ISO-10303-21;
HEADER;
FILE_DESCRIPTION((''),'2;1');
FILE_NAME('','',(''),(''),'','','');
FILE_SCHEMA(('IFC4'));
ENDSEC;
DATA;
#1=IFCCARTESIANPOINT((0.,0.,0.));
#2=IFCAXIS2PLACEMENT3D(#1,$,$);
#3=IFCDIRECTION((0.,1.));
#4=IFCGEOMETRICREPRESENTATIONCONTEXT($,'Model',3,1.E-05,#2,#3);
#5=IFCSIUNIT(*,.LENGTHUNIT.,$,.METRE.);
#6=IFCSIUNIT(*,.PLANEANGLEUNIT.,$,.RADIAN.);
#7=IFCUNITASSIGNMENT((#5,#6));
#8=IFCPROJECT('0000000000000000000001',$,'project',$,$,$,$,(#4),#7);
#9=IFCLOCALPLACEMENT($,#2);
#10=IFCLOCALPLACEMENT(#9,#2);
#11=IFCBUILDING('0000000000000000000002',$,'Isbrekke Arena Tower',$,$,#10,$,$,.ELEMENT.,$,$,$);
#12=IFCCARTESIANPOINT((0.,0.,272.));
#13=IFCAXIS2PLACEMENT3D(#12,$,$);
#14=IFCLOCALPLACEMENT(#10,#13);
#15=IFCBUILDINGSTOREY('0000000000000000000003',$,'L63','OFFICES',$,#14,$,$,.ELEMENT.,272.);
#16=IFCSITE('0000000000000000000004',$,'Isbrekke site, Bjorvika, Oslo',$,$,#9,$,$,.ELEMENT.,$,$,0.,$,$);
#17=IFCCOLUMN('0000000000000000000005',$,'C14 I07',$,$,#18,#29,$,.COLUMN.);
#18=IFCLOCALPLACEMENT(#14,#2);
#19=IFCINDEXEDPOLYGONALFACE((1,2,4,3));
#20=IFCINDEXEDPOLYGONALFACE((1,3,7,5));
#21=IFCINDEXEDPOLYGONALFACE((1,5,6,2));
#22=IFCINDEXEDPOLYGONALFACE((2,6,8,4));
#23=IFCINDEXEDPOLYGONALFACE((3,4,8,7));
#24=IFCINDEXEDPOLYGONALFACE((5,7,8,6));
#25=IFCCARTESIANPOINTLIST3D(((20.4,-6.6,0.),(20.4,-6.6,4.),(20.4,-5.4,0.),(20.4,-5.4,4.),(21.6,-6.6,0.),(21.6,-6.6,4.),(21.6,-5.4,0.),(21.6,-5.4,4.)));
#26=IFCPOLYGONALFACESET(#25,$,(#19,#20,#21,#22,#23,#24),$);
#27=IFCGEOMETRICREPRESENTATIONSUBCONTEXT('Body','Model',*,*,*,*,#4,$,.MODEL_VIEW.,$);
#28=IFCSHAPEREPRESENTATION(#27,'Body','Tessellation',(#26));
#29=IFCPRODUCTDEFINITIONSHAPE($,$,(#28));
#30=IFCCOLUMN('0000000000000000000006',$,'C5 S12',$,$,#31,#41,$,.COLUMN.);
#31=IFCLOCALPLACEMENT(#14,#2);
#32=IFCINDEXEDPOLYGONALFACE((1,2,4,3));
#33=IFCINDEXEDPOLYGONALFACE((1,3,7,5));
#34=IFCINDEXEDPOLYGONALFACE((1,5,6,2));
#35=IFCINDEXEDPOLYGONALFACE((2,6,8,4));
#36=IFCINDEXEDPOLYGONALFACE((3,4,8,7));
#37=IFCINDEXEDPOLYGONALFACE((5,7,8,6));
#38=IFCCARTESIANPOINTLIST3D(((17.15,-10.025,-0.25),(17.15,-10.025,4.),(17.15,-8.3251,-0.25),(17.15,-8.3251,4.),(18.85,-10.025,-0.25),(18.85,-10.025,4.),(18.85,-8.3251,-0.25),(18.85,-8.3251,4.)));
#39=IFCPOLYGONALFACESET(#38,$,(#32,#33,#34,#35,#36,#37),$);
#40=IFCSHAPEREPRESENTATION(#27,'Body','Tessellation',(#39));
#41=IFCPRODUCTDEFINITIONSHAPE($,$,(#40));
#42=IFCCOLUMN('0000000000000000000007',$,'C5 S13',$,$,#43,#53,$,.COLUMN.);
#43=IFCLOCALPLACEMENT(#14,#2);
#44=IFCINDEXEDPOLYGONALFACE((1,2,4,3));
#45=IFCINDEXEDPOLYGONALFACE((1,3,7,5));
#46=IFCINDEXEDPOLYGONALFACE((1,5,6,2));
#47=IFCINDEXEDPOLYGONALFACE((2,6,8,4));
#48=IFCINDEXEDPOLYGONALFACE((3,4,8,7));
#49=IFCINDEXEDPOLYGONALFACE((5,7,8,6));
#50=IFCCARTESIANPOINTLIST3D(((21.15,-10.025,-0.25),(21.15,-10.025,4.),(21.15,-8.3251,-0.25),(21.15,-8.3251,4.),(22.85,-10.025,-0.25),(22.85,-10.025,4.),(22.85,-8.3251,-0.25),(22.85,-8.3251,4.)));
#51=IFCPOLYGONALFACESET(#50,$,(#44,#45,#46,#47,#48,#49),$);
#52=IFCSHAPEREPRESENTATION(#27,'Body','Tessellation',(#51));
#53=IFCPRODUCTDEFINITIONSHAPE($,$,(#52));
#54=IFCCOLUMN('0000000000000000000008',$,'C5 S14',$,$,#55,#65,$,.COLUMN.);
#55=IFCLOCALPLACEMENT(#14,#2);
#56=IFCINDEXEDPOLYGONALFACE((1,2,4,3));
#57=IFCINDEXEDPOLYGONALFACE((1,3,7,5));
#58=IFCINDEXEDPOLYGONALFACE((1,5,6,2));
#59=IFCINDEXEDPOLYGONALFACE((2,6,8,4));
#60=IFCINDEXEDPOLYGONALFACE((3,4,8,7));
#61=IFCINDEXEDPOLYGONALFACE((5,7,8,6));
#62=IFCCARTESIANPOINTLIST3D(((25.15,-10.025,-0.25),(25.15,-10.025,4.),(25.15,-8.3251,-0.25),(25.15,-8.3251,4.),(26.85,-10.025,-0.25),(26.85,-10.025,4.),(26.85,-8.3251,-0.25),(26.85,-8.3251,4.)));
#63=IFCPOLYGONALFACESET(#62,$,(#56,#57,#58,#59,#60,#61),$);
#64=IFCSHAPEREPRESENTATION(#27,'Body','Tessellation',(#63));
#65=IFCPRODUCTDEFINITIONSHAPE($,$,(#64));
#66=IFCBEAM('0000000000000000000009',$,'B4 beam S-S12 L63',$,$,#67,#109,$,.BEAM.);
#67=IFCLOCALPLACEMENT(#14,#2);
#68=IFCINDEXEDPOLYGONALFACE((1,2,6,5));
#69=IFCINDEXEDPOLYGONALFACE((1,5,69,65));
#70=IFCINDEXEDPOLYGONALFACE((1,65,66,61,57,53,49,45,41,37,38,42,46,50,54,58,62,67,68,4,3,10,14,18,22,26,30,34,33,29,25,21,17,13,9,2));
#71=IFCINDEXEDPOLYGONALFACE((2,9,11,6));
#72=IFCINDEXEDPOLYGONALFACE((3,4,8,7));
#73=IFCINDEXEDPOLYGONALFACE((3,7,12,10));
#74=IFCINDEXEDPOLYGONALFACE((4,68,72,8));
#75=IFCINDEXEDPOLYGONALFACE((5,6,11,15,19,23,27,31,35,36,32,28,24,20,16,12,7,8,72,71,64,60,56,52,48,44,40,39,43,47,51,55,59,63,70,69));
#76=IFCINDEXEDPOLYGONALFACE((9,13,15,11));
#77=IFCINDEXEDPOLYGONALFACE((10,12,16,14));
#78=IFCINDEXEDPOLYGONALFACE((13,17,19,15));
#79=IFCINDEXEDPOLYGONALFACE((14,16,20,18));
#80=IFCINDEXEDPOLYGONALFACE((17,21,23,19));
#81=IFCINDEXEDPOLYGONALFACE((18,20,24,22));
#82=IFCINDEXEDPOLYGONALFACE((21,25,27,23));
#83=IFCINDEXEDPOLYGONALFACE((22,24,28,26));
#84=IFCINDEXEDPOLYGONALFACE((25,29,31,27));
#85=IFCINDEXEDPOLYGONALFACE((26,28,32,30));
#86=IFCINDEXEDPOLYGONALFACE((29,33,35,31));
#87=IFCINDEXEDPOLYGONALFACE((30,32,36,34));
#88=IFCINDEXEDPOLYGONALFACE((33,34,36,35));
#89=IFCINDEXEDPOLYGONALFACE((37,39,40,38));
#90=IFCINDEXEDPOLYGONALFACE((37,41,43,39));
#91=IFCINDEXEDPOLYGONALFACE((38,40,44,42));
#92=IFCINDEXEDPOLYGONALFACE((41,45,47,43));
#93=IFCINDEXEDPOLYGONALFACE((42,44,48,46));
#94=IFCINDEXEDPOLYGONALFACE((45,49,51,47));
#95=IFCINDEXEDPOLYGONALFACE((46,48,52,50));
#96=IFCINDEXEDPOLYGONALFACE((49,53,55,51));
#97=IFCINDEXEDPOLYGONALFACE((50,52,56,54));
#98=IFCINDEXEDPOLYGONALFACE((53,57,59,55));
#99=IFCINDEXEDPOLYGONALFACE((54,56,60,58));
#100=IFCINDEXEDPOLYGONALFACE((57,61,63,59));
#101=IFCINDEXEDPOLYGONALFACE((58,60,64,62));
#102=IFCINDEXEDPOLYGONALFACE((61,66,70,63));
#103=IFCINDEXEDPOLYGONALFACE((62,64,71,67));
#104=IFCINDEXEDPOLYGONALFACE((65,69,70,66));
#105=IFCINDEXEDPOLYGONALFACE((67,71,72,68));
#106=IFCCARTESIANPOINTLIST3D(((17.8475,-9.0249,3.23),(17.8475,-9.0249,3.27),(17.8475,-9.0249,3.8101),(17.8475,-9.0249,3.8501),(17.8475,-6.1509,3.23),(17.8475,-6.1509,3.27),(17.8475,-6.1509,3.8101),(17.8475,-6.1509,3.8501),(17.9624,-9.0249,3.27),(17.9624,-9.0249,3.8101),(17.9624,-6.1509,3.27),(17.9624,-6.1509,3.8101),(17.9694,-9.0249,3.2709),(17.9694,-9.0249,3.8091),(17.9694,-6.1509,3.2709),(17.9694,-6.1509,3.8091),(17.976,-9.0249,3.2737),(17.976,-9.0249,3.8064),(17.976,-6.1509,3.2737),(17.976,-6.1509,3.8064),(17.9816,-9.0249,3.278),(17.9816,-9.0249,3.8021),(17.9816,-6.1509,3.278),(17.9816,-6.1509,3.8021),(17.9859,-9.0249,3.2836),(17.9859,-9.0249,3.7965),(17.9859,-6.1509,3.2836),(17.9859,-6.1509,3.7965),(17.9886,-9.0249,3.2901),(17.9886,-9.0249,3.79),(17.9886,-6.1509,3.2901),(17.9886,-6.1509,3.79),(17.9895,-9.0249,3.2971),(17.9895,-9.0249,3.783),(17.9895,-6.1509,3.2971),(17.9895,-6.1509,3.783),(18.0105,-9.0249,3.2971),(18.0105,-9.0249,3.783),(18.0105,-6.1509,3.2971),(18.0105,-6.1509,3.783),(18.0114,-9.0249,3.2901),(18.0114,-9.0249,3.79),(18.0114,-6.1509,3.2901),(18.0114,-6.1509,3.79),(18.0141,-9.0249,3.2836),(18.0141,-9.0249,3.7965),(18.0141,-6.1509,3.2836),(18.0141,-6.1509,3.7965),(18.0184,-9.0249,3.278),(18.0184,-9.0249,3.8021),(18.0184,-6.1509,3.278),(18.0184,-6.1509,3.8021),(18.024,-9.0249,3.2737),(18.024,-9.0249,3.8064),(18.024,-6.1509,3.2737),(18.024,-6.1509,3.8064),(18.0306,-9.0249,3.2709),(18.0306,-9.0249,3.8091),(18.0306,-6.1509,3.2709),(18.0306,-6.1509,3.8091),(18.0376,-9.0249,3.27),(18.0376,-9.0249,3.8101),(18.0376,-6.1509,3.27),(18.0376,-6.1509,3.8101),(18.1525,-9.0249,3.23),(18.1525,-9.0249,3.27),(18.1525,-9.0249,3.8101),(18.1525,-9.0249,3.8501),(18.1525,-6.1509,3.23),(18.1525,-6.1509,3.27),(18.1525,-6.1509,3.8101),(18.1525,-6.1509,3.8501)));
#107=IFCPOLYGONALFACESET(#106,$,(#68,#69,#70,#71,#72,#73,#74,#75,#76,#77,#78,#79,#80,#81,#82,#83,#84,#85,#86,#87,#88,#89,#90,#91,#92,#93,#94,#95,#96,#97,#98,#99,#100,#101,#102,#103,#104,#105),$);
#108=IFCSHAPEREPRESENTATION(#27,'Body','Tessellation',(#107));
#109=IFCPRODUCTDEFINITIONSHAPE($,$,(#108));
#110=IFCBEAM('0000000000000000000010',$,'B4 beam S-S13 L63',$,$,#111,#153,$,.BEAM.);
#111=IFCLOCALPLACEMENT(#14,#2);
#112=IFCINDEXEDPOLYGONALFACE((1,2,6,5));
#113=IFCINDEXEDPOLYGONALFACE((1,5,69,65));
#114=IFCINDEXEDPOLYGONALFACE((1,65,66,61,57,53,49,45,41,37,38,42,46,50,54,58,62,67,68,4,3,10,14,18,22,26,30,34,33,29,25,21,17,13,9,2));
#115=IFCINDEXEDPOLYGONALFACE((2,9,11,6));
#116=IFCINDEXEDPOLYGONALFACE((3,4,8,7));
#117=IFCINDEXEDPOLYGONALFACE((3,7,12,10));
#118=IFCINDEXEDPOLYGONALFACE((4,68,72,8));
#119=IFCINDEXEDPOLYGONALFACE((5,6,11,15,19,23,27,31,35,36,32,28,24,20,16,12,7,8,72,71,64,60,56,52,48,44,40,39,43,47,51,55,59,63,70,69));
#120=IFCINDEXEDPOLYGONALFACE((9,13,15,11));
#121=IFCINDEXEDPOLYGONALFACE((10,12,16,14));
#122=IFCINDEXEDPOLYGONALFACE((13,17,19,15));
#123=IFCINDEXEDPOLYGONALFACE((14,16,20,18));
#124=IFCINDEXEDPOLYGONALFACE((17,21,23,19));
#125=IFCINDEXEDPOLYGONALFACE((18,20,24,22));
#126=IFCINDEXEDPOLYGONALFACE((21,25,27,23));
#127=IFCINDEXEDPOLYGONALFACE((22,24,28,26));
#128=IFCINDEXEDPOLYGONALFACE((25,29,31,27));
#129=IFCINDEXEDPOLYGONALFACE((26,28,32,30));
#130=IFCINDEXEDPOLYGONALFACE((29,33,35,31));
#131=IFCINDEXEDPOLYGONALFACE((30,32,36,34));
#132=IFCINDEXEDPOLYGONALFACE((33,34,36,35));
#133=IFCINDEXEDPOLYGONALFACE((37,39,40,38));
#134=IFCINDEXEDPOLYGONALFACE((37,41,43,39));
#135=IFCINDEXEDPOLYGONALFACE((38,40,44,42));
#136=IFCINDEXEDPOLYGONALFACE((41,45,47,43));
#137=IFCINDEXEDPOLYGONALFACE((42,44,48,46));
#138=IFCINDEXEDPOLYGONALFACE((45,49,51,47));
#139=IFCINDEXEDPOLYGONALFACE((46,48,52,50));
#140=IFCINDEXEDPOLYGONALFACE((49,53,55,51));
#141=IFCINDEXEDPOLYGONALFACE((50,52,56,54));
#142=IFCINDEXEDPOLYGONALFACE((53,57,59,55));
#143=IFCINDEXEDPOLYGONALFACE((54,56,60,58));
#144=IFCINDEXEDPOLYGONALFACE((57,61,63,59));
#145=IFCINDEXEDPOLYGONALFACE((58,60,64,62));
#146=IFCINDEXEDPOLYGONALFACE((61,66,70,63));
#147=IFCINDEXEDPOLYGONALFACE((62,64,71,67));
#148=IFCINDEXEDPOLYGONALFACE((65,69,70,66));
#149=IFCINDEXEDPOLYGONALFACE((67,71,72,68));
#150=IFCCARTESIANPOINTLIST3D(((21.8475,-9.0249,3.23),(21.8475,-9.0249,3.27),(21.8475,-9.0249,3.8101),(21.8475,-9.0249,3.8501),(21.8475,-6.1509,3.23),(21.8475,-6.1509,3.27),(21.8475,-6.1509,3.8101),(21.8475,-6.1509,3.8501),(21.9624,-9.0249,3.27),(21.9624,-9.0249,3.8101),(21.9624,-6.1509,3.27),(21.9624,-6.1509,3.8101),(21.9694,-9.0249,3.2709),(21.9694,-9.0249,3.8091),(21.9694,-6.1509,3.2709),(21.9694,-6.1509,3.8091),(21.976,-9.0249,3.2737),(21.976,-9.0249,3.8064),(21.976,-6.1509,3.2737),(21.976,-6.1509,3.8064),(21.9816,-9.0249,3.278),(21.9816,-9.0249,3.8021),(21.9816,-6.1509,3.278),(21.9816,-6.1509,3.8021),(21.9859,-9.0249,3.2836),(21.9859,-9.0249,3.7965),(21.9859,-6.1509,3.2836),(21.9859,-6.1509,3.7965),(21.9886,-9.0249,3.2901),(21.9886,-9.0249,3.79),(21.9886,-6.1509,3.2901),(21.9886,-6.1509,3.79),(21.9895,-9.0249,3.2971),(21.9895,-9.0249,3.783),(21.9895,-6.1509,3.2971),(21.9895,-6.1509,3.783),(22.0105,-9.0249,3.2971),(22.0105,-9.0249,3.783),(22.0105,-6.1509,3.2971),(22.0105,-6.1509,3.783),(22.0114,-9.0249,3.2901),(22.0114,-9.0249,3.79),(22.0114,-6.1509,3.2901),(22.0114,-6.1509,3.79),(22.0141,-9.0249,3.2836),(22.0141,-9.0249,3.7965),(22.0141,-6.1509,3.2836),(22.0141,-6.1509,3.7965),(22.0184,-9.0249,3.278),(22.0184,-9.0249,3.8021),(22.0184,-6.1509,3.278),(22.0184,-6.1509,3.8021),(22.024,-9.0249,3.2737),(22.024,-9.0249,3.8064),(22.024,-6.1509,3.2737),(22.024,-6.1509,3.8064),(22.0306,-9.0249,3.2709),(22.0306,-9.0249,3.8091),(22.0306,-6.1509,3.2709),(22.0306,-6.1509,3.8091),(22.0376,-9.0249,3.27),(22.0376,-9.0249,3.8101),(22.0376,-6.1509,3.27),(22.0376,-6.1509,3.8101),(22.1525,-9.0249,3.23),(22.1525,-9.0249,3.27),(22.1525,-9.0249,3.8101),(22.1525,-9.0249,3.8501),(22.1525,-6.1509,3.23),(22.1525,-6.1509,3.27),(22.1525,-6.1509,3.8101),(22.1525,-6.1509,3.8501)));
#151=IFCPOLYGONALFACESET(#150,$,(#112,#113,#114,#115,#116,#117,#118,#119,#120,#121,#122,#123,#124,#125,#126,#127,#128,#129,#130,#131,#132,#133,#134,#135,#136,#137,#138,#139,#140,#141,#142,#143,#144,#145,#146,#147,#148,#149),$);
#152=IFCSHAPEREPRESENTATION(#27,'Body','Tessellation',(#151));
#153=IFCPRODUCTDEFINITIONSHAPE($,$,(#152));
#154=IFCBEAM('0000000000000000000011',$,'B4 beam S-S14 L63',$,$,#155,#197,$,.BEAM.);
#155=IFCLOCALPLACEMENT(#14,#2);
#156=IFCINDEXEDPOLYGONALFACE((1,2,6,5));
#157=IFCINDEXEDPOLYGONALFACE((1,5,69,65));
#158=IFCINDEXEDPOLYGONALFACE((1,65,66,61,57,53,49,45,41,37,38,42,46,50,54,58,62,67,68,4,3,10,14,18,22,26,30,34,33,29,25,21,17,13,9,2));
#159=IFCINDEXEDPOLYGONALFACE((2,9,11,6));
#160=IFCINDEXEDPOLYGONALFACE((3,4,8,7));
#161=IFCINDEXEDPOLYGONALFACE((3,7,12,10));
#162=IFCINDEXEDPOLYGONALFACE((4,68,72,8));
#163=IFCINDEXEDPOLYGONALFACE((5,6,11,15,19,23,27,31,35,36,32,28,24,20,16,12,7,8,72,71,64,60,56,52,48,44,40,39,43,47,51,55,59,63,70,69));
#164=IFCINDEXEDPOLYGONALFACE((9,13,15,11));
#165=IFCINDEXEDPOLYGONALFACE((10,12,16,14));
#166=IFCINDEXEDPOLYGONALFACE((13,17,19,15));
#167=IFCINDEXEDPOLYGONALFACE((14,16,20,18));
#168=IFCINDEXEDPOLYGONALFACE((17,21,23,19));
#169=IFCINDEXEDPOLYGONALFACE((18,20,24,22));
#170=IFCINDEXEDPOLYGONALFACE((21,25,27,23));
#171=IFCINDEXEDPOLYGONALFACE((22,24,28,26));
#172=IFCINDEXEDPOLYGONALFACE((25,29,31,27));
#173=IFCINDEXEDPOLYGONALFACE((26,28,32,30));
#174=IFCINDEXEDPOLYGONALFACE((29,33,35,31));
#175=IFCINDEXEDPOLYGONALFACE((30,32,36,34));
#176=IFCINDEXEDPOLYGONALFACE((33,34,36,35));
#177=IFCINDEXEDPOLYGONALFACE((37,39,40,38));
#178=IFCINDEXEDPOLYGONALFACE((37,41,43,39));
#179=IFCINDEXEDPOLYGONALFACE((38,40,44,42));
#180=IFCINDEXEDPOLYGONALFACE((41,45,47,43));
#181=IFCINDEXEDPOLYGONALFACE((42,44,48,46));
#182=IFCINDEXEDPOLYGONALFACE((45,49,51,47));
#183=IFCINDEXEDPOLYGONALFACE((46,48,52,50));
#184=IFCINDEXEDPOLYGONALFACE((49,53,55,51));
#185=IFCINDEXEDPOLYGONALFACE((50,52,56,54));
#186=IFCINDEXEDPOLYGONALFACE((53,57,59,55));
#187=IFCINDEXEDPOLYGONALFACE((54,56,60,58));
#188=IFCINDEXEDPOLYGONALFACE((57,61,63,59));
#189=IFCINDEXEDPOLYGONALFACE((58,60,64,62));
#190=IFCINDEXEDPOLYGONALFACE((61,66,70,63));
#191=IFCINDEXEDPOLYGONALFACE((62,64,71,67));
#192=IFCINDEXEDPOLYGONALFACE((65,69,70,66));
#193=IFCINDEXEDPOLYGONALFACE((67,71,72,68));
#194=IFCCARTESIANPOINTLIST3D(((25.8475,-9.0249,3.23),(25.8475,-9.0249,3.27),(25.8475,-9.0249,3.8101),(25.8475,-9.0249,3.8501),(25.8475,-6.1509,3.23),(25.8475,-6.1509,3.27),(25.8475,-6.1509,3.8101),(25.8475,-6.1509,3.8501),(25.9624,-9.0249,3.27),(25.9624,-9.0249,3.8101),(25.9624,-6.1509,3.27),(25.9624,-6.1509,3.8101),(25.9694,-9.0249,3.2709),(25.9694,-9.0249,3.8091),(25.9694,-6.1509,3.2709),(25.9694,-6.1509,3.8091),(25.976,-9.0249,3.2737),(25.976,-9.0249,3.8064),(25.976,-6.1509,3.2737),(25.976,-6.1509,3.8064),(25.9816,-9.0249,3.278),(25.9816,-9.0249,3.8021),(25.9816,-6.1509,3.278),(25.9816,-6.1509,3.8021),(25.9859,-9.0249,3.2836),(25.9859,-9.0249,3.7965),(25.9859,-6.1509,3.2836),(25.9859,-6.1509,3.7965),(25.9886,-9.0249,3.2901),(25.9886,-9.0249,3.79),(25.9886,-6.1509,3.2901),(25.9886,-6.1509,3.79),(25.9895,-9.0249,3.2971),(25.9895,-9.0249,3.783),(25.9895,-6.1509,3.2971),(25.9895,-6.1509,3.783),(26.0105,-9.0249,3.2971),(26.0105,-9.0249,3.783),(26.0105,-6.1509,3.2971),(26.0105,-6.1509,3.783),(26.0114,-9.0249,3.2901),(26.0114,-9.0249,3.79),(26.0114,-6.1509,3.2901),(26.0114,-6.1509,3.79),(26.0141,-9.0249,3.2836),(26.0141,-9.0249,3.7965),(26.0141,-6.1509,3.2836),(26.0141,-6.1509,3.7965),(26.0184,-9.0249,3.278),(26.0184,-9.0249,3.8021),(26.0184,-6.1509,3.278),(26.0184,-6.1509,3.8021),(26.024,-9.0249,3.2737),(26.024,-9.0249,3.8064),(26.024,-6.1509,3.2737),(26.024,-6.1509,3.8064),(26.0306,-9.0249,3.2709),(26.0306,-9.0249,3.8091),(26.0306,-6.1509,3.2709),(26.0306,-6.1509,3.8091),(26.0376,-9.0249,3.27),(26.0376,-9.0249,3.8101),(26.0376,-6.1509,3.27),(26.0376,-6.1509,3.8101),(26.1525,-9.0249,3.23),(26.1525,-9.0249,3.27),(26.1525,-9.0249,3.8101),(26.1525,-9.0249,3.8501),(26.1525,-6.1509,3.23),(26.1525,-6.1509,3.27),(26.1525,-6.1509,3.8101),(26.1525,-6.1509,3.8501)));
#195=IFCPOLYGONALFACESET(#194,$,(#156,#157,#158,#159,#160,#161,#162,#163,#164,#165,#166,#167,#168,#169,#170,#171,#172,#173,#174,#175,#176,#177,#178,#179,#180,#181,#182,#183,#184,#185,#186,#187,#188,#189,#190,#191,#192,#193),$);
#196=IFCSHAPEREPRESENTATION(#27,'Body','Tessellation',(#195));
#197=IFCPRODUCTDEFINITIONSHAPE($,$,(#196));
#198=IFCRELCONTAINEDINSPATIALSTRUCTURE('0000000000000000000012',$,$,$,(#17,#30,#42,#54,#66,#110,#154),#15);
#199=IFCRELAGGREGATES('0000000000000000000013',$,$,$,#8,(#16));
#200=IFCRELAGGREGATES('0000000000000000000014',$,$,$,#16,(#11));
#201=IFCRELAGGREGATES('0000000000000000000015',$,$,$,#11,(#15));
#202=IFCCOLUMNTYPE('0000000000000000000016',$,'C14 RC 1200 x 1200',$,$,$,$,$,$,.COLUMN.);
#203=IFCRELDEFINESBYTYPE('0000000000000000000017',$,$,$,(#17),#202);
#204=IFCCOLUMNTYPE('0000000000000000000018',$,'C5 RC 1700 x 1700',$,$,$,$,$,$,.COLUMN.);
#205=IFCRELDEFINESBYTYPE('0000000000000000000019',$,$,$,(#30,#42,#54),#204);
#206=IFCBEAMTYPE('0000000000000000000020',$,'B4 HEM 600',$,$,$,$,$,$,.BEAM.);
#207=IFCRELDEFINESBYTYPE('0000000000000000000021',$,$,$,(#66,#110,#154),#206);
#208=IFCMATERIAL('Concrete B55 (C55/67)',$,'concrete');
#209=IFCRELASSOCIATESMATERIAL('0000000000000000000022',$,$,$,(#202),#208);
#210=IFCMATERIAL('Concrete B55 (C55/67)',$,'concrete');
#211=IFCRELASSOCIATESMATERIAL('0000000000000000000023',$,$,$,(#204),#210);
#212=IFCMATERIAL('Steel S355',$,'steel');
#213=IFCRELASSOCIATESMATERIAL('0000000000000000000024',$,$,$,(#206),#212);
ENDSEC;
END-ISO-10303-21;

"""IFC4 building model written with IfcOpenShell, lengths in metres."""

from ifc_helpers import new_model, si_unit, direction, frame, origin, origin_2d, place, context, subcontext, project, spatial, rectangle, i_section, extrude, material, material_profile, profile_set, type_object, element, save


model = new_model("IFC4")

# Units and contexts
model_context = context("Model", 3, precision=1e-05, world=origin(), true_north=direction((0.0, 1.0)))
body_context = subcontext(model_context, "Body", "Model", "MODEL_VIEW")
ifc_project = project(units=[si_unit("LENGTHUNIT", "METRE"), si_unit("PLANEANGLEUNIT", "RADIAN")], contexts=[model_context])

# Site, building, storey
site_placement = place(None, origin())
site = spatial("IfcSite", under=ifc_project, at=site_placement, Name="Isbrekke site, Bjorvika, Oslo", CompositionType="ELEMENT", RefElevation=0.0)
building_placement = place(site_placement, origin())
building = spatial("IfcBuilding", under=site, at=building_placement, Name="Isbrekke Arena Tower", CompositionType="ELEMENT")
storey_placement = place(building_placement, frame((0.0, 0.0, 272.0)))
storey = spatial("IfcBuildingStorey", under=building, at=storey_placement, Name="L63", Description="OFFICES", CompositionType="ELEMENT", Elevation=272.0)

# Columns
ifc_material_1 = material(Name="Concrete B55 (C55/67)", Category="concrete")
ifc_material_profile_1 = material_profile(ifc_material_1, rectangle(XDim=1.2, YDim=1.2, at=origin_2d()), Name="RC 1200x1200")
ifc_profile_set_1 = profile_set([ifc_material_profile_1], Name="Concrete B55 (C55/67)")
column_type_1 = type_object("IfcColumnType", Name="C14 RC 1200 x 1200", PredefinedType="COLUMN", material=ifc_profile_set_1)
column_placement = place(storey_placement, frame((21.0, -6.0, 0.0), z_axis=(0.0, 0.0, 1.0), x_axis=(1.0, 0.0, 0.0)))
element("IfcColumn", 1, at=column_placement, inside=storey, type_object=column_type_1, Name="C14 I07", PredefinedType="COLUMN", context=body_context, shape_type="SweptSolid", body=[
    extrude(rectangle(XDim=1.2, YDim=1.2, at=origin_2d()), origin(), (0.0, 0.0, 1.0), 4.0),
])
ifc_material_2 = material(Name="Concrete B55 (C55/67)", Category="concrete")
ifc_material_profile_2 = material_profile(ifc_material_2, rectangle(XDim=1.7, YDim=1.7, at=origin_2d()), Name="RC 1700x1700")
ifc_profile_set_2 = profile_set([ifc_material_profile_2], Name="Concrete B55 (C55/67)")
column_type_2 = type_object("IfcColumnType", Name="C5 RC 1700 x 1700", PredefinedType="COLUMN", material=ifc_profile_set_2)
for number, where, z_axis, x_axis, name in (
    (2, (18.0, -9.175, -0.25), (0.0, 0.0, 1.0), (1.0, 0.0, 0.0), "C5 S12"),
    (3, (22.0, -9.175, -0.25), (0.0, 0.0, 1.0), (1.0, 0.0, 0.0), "C5 S13"),
    (4, (26.0, -9.175, -0.25), (0.0, 0.0, 1.0), (1.0, 0.0, 0.0), "C5 S14"),
):
    element("IfcColumn", number, at=place(storey_placement, frame(where, z_axis=z_axis, x_axis=x_axis)), inside=storey, type_object=column_type_2, Name=name, PredefinedType="COLUMN", context=body_context, shape_type="SweptSolid", body=[
        extrude(rectangle(XDim=1.7, YDim=1.7, at=origin_2d()), origin(), (0.0, 0.0, 1.0), 4.25),
    ])

# Beams
ifc_material_3 = material(Name="Steel S355", Category="steel")
ifc_material_profile_3 = material_profile(ifc_material_3, i_section(OverallWidth=0.3049, OverallDepth=0.6201, WebThickness=0.021, FlangeThickness=0.04, FilletRadius=0.0271, at=origin_2d()), Name="HEM 600")
ifc_profile_set_3 = profile_set([ifc_material_profile_3], Name="Steel S355")
beam_type_1 = type_object("IfcBeamType", Name="B4 HEM 600", PredefinedType="BEAM", material=ifc_profile_set_3)
for number, where, z_axis, x_axis, name in (
    (5, (18.0, -9.0249, 3.54), (0.0, 1.0, 0.0), (-1.0, 0.0, 0.0), "B4 beam S-S12 L63"),
    (6, (22.0, -9.0249, 3.54), (0.0, 1.0, 0.0), (-1.0, 0.0, 0.0), "B4 beam S-S13 L63"),
    (7, (26.0, -9.0249, 3.54), (0.0, 1.0, 0.0), (-1.0, 0.0, 0.0), "B4 beam S-S14 L63"),
):
    element("IfcBeam", number, at=place(storey_placement, frame(where, z_axis=z_axis, x_axis=x_axis)), inside=storey, type_object=beam_type_1, Name=name, PredefinedType="BEAM", context=body_context, shape_type="SweptSolid", body=[
        extrude(i_section(OverallWidth=0.3049, OverallDepth=0.6201, WebThickness=0.021, FlangeThickness=0.04, FilletRadius=0.0271, at=origin_2d()), origin(), (0.0, 0.0, 1.0), 2.874),
    ])

save(model, "model.ifc")
